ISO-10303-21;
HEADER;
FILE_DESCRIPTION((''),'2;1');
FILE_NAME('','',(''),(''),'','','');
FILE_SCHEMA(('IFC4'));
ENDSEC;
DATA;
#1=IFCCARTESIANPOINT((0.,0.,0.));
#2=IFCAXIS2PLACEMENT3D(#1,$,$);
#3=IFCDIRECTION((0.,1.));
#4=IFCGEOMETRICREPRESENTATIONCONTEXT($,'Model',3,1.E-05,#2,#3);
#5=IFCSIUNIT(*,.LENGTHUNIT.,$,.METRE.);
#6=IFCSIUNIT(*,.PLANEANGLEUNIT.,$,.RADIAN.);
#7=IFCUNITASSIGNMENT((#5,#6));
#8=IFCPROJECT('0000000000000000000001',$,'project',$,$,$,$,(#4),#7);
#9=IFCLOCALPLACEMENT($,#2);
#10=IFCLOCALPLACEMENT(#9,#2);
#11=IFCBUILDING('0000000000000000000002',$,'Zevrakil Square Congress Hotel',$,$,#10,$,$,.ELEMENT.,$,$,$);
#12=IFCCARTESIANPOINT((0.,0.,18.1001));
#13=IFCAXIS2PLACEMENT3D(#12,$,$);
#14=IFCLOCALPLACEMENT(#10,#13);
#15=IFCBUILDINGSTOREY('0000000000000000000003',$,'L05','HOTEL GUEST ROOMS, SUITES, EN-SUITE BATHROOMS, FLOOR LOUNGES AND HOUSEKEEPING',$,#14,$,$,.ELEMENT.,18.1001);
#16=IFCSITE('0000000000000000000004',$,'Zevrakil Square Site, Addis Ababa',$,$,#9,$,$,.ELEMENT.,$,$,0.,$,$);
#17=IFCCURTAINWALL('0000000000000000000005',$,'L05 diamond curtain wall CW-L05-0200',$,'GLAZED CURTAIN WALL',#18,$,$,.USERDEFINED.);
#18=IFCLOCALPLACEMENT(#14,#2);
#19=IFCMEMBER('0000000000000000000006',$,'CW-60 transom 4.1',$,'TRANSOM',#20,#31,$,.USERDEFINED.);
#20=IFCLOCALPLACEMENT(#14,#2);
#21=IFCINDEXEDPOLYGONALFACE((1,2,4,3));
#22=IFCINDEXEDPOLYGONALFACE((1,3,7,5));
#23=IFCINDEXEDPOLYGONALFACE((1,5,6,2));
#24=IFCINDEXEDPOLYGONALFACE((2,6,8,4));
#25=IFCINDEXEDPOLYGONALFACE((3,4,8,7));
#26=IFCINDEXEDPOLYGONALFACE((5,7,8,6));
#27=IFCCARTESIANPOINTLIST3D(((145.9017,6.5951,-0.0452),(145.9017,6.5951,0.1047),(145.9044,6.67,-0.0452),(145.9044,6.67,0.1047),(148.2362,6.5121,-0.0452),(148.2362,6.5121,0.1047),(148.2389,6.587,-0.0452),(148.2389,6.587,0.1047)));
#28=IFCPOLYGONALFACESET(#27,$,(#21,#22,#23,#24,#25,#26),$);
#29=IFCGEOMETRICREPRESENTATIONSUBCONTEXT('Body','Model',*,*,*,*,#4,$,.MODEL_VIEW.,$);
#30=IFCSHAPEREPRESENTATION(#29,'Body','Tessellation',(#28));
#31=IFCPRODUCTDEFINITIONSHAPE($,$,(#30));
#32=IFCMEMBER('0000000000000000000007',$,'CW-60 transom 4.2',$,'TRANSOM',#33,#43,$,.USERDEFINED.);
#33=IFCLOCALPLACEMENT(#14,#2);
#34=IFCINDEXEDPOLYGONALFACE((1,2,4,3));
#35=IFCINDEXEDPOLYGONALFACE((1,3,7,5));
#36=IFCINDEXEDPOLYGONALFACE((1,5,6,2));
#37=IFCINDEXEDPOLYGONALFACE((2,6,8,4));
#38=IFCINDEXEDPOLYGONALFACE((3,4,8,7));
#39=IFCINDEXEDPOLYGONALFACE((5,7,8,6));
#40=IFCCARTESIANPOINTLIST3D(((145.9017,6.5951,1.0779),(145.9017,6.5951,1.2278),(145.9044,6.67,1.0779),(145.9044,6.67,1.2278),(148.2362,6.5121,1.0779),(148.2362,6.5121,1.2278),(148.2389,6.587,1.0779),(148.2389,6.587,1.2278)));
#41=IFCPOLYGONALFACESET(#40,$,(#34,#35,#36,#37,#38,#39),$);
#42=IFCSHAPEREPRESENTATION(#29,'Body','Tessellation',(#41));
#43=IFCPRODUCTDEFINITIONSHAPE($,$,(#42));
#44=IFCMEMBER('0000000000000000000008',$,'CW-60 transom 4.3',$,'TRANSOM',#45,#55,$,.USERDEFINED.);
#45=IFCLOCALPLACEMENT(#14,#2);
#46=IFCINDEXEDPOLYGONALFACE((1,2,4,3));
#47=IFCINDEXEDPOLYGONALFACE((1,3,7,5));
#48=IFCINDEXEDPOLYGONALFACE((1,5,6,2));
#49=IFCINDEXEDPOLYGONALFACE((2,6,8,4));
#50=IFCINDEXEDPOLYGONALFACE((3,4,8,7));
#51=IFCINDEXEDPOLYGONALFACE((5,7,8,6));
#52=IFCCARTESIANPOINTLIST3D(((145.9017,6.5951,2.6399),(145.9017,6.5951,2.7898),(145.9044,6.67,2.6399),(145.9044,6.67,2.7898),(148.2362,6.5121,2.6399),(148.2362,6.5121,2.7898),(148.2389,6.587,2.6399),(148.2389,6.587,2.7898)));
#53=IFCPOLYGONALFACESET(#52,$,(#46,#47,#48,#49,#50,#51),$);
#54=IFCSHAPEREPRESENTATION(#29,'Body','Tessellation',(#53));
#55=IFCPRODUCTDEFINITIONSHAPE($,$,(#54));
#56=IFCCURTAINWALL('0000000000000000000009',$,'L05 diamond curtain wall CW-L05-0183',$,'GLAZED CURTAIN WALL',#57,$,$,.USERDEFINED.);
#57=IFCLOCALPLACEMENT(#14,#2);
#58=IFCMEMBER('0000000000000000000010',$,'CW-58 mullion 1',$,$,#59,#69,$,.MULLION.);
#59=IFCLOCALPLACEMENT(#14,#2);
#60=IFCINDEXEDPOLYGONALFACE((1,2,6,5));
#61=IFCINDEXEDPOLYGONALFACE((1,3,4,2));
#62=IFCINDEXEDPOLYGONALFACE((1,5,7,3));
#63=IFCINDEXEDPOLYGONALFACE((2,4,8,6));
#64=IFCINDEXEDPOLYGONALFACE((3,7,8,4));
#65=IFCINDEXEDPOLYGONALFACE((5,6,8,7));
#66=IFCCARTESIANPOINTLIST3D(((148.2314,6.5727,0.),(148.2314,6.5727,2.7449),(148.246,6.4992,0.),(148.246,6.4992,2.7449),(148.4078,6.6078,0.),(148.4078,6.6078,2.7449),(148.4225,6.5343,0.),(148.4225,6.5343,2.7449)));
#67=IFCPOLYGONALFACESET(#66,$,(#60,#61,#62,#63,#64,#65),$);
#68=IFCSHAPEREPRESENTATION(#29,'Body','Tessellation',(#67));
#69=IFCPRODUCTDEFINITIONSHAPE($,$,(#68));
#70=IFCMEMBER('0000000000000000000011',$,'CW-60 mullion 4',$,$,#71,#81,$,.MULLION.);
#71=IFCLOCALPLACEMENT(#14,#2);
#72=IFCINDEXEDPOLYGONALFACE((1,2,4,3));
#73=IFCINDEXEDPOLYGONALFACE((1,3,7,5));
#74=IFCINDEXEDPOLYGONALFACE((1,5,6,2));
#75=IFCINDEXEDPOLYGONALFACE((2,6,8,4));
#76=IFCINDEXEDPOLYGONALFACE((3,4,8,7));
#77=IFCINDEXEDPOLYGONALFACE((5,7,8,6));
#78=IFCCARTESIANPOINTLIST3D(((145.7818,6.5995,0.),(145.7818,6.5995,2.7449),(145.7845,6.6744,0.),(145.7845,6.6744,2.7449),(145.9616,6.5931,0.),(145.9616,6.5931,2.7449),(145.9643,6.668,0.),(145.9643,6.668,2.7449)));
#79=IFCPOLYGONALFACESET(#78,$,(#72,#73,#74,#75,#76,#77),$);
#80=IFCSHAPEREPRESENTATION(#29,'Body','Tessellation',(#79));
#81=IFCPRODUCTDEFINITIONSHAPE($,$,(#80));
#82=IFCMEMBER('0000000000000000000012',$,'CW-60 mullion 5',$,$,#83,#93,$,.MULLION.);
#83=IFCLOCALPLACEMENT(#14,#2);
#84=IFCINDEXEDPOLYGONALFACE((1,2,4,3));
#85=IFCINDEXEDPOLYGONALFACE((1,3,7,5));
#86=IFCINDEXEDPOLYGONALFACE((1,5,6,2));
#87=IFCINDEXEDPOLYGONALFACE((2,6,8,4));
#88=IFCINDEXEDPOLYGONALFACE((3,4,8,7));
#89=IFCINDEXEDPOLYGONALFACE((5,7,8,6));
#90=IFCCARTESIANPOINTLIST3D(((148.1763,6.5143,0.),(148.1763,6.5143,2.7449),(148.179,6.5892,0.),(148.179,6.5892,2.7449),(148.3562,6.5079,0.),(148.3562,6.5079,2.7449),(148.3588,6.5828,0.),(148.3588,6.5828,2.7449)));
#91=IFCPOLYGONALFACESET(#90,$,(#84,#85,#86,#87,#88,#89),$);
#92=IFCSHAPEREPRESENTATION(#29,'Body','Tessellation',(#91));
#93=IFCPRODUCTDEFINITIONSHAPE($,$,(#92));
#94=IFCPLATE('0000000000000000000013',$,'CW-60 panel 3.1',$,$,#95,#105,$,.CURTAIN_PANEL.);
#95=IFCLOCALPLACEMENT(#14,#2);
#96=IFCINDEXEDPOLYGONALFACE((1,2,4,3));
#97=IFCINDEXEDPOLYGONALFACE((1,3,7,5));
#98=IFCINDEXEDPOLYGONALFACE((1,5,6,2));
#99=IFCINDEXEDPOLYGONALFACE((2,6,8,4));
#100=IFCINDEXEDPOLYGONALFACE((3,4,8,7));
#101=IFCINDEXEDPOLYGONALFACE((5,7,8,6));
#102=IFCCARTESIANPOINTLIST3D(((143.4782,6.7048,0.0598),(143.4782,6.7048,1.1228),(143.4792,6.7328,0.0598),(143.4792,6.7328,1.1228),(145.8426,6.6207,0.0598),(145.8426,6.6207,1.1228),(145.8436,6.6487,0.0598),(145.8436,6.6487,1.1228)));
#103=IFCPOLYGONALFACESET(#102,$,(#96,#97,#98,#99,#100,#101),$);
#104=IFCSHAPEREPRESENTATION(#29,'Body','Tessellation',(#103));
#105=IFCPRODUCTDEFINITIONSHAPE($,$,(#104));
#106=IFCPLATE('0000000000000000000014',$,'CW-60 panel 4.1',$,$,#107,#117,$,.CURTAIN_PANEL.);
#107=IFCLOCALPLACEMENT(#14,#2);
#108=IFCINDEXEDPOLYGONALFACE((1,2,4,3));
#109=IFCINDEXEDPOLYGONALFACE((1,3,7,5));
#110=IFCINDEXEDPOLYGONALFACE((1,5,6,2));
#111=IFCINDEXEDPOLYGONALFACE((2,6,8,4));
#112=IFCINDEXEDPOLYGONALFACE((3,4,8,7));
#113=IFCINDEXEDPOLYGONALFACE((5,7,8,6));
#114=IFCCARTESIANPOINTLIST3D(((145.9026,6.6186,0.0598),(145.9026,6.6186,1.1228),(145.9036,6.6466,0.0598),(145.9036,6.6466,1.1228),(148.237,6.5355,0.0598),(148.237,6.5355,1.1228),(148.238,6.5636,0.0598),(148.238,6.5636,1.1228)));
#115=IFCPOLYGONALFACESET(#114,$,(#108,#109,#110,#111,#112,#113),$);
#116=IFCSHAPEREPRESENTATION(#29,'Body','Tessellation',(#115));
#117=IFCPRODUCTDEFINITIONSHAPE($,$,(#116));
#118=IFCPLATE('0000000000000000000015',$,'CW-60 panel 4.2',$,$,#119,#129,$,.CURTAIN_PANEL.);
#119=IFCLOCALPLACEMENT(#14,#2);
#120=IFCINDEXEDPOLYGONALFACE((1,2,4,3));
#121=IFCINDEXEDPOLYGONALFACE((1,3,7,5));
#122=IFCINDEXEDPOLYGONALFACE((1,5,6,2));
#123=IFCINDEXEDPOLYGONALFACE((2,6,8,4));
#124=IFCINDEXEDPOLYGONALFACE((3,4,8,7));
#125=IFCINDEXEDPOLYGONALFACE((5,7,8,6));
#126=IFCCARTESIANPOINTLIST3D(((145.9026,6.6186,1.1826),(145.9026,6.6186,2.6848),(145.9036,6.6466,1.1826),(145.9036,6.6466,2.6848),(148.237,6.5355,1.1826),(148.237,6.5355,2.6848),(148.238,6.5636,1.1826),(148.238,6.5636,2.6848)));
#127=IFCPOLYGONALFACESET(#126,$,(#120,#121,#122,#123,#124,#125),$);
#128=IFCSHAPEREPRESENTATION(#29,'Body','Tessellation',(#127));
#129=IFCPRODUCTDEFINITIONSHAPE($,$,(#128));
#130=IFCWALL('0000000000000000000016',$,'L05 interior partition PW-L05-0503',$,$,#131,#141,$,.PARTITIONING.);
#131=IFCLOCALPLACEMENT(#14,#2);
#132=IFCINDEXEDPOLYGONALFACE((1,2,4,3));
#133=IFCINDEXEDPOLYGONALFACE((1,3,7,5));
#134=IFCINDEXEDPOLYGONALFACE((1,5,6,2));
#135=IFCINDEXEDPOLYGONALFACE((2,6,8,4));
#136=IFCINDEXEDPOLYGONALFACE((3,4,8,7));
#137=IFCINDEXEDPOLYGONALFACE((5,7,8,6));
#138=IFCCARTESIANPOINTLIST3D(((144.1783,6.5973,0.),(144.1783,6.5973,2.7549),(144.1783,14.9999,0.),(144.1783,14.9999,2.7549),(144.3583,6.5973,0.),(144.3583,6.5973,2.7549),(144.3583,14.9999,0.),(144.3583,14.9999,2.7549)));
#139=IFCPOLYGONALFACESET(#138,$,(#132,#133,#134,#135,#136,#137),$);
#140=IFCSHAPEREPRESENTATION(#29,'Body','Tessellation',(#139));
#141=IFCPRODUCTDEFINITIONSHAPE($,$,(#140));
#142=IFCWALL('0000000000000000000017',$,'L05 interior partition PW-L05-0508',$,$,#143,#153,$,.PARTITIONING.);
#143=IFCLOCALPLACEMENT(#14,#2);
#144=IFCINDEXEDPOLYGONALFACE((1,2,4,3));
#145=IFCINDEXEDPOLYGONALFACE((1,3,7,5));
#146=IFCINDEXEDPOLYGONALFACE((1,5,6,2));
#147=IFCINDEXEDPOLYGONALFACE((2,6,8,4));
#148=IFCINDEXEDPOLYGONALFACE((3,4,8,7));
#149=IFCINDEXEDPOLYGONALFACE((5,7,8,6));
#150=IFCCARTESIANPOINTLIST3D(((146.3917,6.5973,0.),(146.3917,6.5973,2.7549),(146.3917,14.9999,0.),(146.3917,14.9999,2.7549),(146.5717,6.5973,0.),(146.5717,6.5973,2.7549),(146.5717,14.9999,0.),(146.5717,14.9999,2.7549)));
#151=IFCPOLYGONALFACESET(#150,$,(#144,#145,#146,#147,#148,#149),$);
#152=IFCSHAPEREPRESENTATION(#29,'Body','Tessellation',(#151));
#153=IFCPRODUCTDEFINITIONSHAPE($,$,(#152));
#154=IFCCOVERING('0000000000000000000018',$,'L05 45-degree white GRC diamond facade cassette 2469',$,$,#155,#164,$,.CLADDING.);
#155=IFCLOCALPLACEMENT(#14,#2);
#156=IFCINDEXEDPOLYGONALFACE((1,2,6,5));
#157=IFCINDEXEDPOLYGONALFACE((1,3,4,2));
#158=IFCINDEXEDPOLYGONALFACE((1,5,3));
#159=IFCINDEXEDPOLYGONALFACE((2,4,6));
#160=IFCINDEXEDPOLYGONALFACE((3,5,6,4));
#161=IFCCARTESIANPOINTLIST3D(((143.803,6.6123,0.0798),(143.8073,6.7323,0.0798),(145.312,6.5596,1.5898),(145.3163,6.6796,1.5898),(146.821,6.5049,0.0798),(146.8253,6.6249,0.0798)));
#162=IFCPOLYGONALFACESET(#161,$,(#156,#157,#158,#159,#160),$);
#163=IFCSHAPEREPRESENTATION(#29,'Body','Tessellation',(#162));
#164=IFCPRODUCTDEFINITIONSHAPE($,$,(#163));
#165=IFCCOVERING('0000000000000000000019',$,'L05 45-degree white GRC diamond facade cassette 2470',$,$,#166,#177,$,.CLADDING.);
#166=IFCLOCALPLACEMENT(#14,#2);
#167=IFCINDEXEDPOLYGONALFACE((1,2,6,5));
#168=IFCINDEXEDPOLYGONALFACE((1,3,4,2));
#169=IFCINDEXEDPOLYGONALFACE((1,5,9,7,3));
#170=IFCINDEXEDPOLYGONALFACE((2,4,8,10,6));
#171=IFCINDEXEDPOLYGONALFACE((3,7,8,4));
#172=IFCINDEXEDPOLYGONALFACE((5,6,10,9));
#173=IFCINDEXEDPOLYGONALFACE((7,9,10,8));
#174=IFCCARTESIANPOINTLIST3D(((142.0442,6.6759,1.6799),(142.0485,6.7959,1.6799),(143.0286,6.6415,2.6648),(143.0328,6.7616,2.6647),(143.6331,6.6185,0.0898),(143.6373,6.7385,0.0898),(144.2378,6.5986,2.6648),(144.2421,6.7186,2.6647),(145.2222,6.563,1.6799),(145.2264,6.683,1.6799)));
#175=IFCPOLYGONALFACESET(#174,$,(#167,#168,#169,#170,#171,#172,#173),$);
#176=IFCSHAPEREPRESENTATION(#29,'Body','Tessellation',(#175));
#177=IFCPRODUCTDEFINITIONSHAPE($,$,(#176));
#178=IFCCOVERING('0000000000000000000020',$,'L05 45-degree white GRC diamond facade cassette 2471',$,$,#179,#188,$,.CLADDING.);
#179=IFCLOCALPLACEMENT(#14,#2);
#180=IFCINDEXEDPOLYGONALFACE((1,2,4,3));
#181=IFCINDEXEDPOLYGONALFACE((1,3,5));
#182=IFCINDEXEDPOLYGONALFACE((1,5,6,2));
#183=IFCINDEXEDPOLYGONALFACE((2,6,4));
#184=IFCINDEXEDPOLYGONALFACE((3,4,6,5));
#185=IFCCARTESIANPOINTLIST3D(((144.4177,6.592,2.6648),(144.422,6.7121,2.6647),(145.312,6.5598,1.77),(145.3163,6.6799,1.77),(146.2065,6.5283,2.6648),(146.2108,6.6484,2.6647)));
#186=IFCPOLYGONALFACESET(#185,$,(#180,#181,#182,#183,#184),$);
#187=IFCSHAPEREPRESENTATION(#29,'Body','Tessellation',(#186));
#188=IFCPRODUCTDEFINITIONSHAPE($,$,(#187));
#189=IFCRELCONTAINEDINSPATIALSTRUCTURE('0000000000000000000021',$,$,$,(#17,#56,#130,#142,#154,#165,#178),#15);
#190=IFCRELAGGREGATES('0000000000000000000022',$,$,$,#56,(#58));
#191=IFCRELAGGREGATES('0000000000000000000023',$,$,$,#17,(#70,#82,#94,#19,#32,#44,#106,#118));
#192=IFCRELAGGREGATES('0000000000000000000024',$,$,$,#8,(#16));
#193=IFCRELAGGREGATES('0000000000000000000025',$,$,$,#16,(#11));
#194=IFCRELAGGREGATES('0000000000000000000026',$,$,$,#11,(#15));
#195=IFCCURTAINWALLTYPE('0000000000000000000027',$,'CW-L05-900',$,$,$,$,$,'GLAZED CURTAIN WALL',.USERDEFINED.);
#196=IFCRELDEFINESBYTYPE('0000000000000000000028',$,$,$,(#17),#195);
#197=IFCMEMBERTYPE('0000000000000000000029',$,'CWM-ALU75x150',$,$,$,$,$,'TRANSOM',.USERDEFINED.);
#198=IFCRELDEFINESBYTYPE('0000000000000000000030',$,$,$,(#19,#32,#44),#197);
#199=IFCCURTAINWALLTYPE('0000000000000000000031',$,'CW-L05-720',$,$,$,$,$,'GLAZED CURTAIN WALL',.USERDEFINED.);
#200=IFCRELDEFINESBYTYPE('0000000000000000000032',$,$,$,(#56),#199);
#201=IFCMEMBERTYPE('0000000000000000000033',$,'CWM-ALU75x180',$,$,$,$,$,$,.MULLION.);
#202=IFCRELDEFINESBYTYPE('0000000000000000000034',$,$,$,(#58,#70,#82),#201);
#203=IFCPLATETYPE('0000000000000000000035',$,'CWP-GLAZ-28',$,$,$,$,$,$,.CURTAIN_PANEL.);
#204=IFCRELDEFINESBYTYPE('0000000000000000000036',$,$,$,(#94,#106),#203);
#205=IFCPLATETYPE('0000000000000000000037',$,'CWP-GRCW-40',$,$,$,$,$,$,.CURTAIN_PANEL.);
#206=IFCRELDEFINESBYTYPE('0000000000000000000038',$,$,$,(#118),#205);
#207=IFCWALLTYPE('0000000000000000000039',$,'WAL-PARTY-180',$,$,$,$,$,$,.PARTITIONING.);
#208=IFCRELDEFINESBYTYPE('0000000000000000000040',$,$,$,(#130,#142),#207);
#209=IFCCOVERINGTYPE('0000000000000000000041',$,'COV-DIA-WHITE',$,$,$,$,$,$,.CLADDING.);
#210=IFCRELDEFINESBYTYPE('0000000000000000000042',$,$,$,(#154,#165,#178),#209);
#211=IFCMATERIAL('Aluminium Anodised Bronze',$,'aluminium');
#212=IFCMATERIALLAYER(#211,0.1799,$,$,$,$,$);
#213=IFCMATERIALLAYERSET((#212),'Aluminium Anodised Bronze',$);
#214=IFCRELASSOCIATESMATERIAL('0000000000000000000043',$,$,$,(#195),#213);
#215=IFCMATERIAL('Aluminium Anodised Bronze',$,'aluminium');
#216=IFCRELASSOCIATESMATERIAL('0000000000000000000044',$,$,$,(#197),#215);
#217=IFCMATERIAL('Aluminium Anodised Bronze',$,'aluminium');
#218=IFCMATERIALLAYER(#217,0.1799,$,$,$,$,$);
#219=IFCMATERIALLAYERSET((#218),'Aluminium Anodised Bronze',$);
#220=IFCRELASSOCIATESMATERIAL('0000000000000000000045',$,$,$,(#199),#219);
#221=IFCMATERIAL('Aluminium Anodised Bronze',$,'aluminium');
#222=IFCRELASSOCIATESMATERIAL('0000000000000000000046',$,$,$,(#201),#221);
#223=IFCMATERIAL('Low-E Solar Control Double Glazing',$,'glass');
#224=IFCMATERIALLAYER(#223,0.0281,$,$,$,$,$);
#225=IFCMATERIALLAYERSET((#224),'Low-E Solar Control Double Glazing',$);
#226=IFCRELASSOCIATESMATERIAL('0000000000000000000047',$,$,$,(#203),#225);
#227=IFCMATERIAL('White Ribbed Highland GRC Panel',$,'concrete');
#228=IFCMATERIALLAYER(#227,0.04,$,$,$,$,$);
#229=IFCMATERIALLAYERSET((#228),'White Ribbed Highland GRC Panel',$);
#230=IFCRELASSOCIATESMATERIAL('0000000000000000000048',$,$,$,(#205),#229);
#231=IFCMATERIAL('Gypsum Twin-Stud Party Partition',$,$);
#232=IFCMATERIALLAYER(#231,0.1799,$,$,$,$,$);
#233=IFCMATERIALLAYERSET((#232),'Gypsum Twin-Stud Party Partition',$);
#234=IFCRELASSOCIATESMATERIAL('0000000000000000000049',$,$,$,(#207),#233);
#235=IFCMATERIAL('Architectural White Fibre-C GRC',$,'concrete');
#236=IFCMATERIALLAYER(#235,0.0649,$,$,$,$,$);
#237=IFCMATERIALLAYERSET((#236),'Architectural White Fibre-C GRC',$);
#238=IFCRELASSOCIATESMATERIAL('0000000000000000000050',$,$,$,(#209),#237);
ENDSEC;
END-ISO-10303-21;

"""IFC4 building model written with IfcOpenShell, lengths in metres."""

from ifc_helpers import new_model, si_unit, direction, frame, frame_2d, origin, origin_2d, place, context, subcontext, project, spatial, polyline, rectangle, outline, extrude, material, layer, layer_set, material_profile, profile_set, type_object, element, aggregate, save


model = new_model("IFC4")

# Units and contexts
model_context = context("Model", 3, precision=1e-05, world=origin(), true_north=direction((0.0, 1.0)))
body_context = subcontext(model_context, "Body", "Model", "MODEL_VIEW")
ifc_project = project(units=[si_unit("LENGTHUNIT", "METRE"), si_unit("PLANEANGLEUNIT", "RADIAN")], contexts=[model_context])

# Site, building, storey
site_placement = place(None, origin())
site = spatial("IfcSite", under=ifc_project, at=site_placement, Name="Zevrakil Square Site, Addis Ababa", CompositionType="ELEMENT", RefElevation=0.0)
building_placement = place(site_placement, origin())
building = spatial("IfcBuilding", under=site, at=building_placement, Name="Zevrakil Square Congress Hotel", CompositionType="ELEMENT")
storey_placement = place(building_placement, frame((0.0, 0.0, 18.1001)))
storey = spatial("IfcBuildingStorey", under=building, at=storey_placement, Name="L05", Description="HOTEL GUEST ROOMS, SUITES, EN-SUITE BATHROOMS, FLOOR LOUNGES AND HOUSEKEEPING", CompositionType="ELEMENT", Elevation=18.1001)

# Curtain wall, members
ifc_material_1 = material(Name="Aluminium Anodised Bronze", Category="aluminium")
ifc_layer_1 = layer(ifc_material_1, 0.1799)
ifc_layer_set_1 = layer_set([ifc_layer_1], Name="Aluminium Anodised Bronze")
curtain_wall_type_1 = type_object("IfcCurtainWallType", Name="CW-L05-900", ElementType="GLAZED CURTAIN WALL", PredefinedType="USERDEFINED", material=ifc_layer_set_1)
curtain_wall_1_placement = place(storey_placement, origin())
curtain_wall_1 = element("IfcCurtainWall", 1, at=curtain_wall_1_placement, inside=storey, type_object=curtain_wall_type_1, Name="L05 diamond curtain wall CW-L05-0200", ObjectType="GLAZED CURTAIN WALL", PredefinedType="USERDEFINED")
ifc_material_2 = material(Name="Aluminium Anodised Bronze", Category="aluminium")
ifc_material_profile_1 = material_profile(ifc_material_2, rectangle(XDim=0.075, YDim=0.1499, at=origin_2d()), Name="ALU 75x150")
ifc_profile_set_1 = profile_set([ifc_material_profile_1], Name="Aluminium Anodised Bronze")
member_type_1 = type_object("IfcMemberType", Name="CWM-ALU75x150", ElementType="TRANSOM", PredefinedType="USERDEFINED", material=ifc_profile_set_1)
member_1_placement = place(storey_placement, frame((145.9031, 6.6326, 0.0298), z_axis=(0.999368, -0.035535, 0.0), x_axis=(0.035535, 0.999368, 0.0)))
member_1 = element("IfcMember", 2, at=member_1_placement, type_object=member_type_1, Name="CW-60 transom 4.1", ObjectType="TRANSOM", PredefinedType="USERDEFINED", context=body_context, shape_type="SweptSolid", body=[
    extrude(rectangle(XDim=0.075, YDim=0.1499, at=origin_2d()), origin(), (0.0, 0.0, 1.0), 2.3359),
])
member_2_placement = place(storey_placement, frame((145.9031, 6.6326, 1.1528), z_axis=(0.999368, -0.035535, 0.0), x_axis=(0.035535, 0.999368, 0.0)))
member_2 = element("IfcMember", 3, at=member_2_placement, type_object=member_type_1, Name="CW-60 transom 4.2", ObjectType="TRANSOM", PredefinedType="USERDEFINED", context=body_context, shape_type="SweptSolid", body=[
    extrude(rectangle(XDim=0.075, YDim=0.1499, at=origin_2d()), origin(), (0.0, 0.0, 1.0), 2.3359),
])
member_3_placement = place(storey_placement, frame((145.9031, 6.6326, 2.7148), z_axis=(0.999368, -0.035535, 0.0), x_axis=(0.035535, 0.999368, 0.0)))
member_3 = element("IfcMember", 4, at=member_3_placement, type_object=member_type_1, Name="CW-60 transom 4.3", ObjectType="TRANSOM", PredefinedType="USERDEFINED", context=body_context, shape_type="SweptSolid", body=[
    extrude(rectangle(XDim=0.075, YDim=0.1499, at=origin_2d()), origin(), (0.0, 0.0, 1.0), 2.3359),
])

# Curtain wall, member
ifc_material_3 = material(Name="Aluminium Anodised Bronze", Category="aluminium")
ifc_layer_2 = layer(ifc_material_3, 0.1799)
ifc_layer_set_2 = layer_set([ifc_layer_2], Name="Aluminium Anodised Bronze")
curtain_wall_type_2 = type_object("IfcCurtainWallType", Name="CW-L05-720", ElementType="GLAZED CURTAIN WALL", PredefinedType="USERDEFINED", material=ifc_layer_set_2)
curtain_wall_2_placement = place(storey_placement, origin())
curtain_wall_2 = element("IfcCurtainWall", 5, at=curtain_wall_2_placement, inside=storey, type_object=curtain_wall_type_2, Name="L05 diamond curtain wall CW-L05-0183", ObjectType="GLAZED CURTAIN WALL", PredefinedType="USERDEFINED")
ifc_material_4 = material(Name="Aluminium Anodised Bronze", Category="aluminium")
ifc_material_profile_2 = material_profile(ifc_material_4, rectangle(XDim=0.075, YDim=0.1799, at=origin_2d()), Name="ALU 75x180")
ifc_profile_set_2 = profile_set([ifc_material_profile_2], Name="Aluminium Anodised Bronze")
member_type_2 = type_object("IfcMemberType", Name="CWM-ALU75x180", PredefinedType="MULLION", material=ifc_profile_set_2)
member_4_placement = place(storey_placement, frame((148.3269, 6.5535, 0.0), z_axis=(0.0, 0.0, 1.0), x_axis=(-0.195084, 0.980787, 0.0)))
member_4 = element("IfcMember", 6, at=member_4_placement, type_object=member_type_2, Name="CW-58 mullion 1", PredefinedType="MULLION", context=body_context, shape_type="SweptSolid", body=[
    extrude(rectangle(XDim=0.075, YDim=0.1799, at=origin_2d()), origin(), (0.0, 0.0, 1.0), 2.7449),
])
aggregate(curtain_wall_2, [member_4])

# Members
member_5_placement = place(storey_placement, frame((145.873, 6.6338, 0.0), z_axis=(0.0, 0.0, 1.0), x_axis=(0.035553, 0.999368, 0.0)))
member_5 = element("IfcMember", 7, at=member_5_placement, type_object=member_type_2, Name="CW-60 mullion 4", PredefinedType="MULLION", context=body_context, shape_type="SweptSolid", body=[
    extrude(rectangle(XDim=0.075, YDim=0.1799, at=origin_2d()), origin(), (0.0, 0.0, 1.0), 2.7449),
])
member_6_placement = place(storey_placement, frame((148.2676, 6.5486, 0.0), z_axis=(0.0, 0.0, 1.0), x_axis=(0.035553, 0.999368, 0.0)))
member_6 = element("IfcMember", 8, at=member_6_placement, type_object=member_type_2, Name="CW-60 mullion 5", PredefinedType="MULLION", context=body_context, shape_type="SweptSolid", body=[
    extrude(rectangle(XDim=0.075, YDim=0.1799, at=origin_2d()), origin(), (0.0, 0.0, 1.0), 2.7449),
])

# Plates
ifc_material_5 = material(Name="Low-E Solar Control Double Glazing", Category="glass")
ifc_layer_3 = layer(ifc_material_5, 0.0281)
ifc_layer_set_3 = layer_set([ifc_layer_3], Name="Low-E Solar Control Double Glazing")
plate_type_1 = type_object("IfcPlateType", Name="CWP-GLAZ-28", PredefinedType="CURTAIN_PANEL", material=ifc_layer_set_3)
plate_1_placement = place(storey_placement, frame((144.6609, 6.6768, 0.0598), z_axis=(0.0, 0.0, 1.0), x_axis=(0.999368, -0.035553, 0.0)))
plate_1 = element("IfcPlate", 9, at=plate_1_placement, type_object=plate_type_1, Name="CW-60 panel 3.1", PredefinedType="CURTAIN_PANEL", context=body_context, shape_type="SweptSolid", body=[
    extrude(rectangle(XDim=2.366, YDim=0.0281, at=origin_2d()), origin(), (0.0, 0.0, 1.0), 1.063),
])
plate_2_placement = place(storey_placement, frame((147.0703, 6.5911, 0.0598), z_axis=(0.0, 0.0, 1.0), x_axis=(0.999368, -0.035553, 0.0)))
plate_2 = element("IfcPlate", 10, at=plate_2_placement, type_object=plate_type_1, Name="CW-60 panel 4.1", PredefinedType="CURTAIN_PANEL", context=body_context, shape_type="SweptSolid", body=[
    extrude(rectangle(XDim=2.3359, YDim=0.0281, at=origin_2d()), origin(), (0.0, 0.0, 1.0), 1.063),
])
ifc_material_6 = material(Name="White Ribbed Highland GRC Panel", Category="concrete")
ifc_layer_4 = layer(ifc_material_6, 0.04)
ifc_layer_set_4 = layer_set([ifc_layer_4], Name="White Ribbed Highland GRC Panel")
plate_type_2 = type_object("IfcPlateType", Name="CWP-GRCW-40", PredefinedType="CURTAIN_PANEL", material=ifc_layer_set_4)
plate_3_placement = place(storey_placement, frame((147.0703, 6.5911, 1.1826), z_axis=(0.0, 0.0, 1.0), x_axis=(0.999368, -0.035553, 0.0)))
plate_3 = element("IfcPlate", 11, at=plate_3_placement, type_object=plate_type_2, Name="CW-60 panel 4.2", PredefinedType="CURTAIN_PANEL", context=body_context, shape_type="SweptSolid", body=[
    extrude(rectangle(XDim=2.3359, YDim=0.0281, at=origin_2d()), origin(), (0.0, 0.0, 1.0), 1.5022),
])
aggregate(curtain_wall_1, [member_5, member_6, plate_1, member_1, member_2, member_3, plate_2, plate_3])

# Walls
ifc_material_7 = material(Name="Gypsum Twin-Stud Party Partition")
ifc_layer_5 = layer(ifc_material_7, 0.1799)
ifc_layer_set_5 = layer_set([ifc_layer_5], Name="Gypsum Twin-Stud Party Partition")
wall_type = type_object("IfcWallType", Name="WAL-PARTY-180", PredefinedType="PARTITIONING", material=ifc_layer_set_5)
for number, where, z_axis, x_axis, name in (
    (12, (144.2683, 6.5974, 0.0), (0.0, 0.0, 1.0), (0.0, 1.0, 0.0), "L05 interior partition PW-L05-0503"),
    (13, (146.4817, 6.5974, 0.0), (0.0, 0.0, 1.0), (0.0, 1.0, 0.0), "L05 interior partition PW-L05-0508"),
):
    element("IfcWall", number, at=place(storey_placement, frame(where, z_axis=z_axis, x_axis=x_axis)), inside=storey, type_object=wall_type, Name=name, PredefinedType="PARTITIONING", context=body_context, shape_type="SweptSolid", body=[
        extrude(rectangle(XDim=8.4026, YDim=0.1799, at=frame_2d((4.2012, 0.0))), origin(), (0.0, 0.0, 1.0), 2.7549),
    ])

# Coverings
ifc_material_8 = material(Name="Architectural White Fibre-C GRC", Category="concrete")
ifc_layer_6 = layer(ifc_material_8, 0.0649)
ifc_layer_set_6 = layer_set([ifc_layer_6], Name="Architectural White Fibre-C GRC")
covering_type_1 = type_object("IfcCoveringType", Name="COV-DIA-WHITE", PredefinedType="CLADDING", material=ifc_layer_set_6)
covering_1_placement = place(storey_placement, frame((145.312, 6.5596, 1.5898), z_axis=(-0.03557, -0.999367, 0.000646), x_axis=(0.706646, -0.025609, -0.707103)))
element("IfcCovering", 14, at=covering_1_placement, inside=storey, type_object=covering_type_1, Name="L05 45-degree white GRC diamond facade cassette 2469", PredefinedType="CLADDING", context=body_context, shape_type="SweptSolid", body=[
    extrude(outline(polyline([(0.0, 0.0), (2.1355, 0.0), (0.0, -2.1354), (0.0, 0.0)])), origin(), (0.0, 0.0, -1.0), 0.1201),
])
covering_2_placement = place(storey_placement, frame((145.2222, 6.563, 1.6799), z_axis=(-0.035501, -0.999369, 0.000618), x_axis=(-0.706674, 0.024666, -0.707109)))
element("IfcCovering", 15, at=covering_2_placement, inside=storey, type_object=covering_type_1, Name="L05 45-degree white GRC diamond facade cassette 2470", PredefinedType="CLADDING", context=body_context, shape_type="SweptSolid", body=[
    extrude(outline(polyline([(0.0, 0.0), (2.2487, 0.0), (2.2486, -2.2486), (0.8557, -2.2485), (0.0001, -1.3929), (0.0, 0.0)])), origin(), (0.0, 0.0, -1.0), 0.1201),
])
covering_3_placement = place(storey_placement, frame((145.312, 6.5598, 1.77), z_axis=(-0.035599, -0.999366, 0.000414), x_axis=(-0.706685, 0.025466, 0.70707)))
element("IfcCovering", 16, at=covering_3_placement, inside=storey, type_object=covering_type_1, Name="L05 45-degree white GRC diamond facade cassette 2471", PredefinedType="CLADDING", context=body_context, shape_type="SweptSolid", body=[
    extrude(outline(polyline([(0.0, 0.0), (1.2655, 0.0), (-0.0003, -1.2656), (0.0, 0.0)])), origin(), (0.0, 0.0, -1.0), 0.1201),
])

save(model, "model.ifc")
